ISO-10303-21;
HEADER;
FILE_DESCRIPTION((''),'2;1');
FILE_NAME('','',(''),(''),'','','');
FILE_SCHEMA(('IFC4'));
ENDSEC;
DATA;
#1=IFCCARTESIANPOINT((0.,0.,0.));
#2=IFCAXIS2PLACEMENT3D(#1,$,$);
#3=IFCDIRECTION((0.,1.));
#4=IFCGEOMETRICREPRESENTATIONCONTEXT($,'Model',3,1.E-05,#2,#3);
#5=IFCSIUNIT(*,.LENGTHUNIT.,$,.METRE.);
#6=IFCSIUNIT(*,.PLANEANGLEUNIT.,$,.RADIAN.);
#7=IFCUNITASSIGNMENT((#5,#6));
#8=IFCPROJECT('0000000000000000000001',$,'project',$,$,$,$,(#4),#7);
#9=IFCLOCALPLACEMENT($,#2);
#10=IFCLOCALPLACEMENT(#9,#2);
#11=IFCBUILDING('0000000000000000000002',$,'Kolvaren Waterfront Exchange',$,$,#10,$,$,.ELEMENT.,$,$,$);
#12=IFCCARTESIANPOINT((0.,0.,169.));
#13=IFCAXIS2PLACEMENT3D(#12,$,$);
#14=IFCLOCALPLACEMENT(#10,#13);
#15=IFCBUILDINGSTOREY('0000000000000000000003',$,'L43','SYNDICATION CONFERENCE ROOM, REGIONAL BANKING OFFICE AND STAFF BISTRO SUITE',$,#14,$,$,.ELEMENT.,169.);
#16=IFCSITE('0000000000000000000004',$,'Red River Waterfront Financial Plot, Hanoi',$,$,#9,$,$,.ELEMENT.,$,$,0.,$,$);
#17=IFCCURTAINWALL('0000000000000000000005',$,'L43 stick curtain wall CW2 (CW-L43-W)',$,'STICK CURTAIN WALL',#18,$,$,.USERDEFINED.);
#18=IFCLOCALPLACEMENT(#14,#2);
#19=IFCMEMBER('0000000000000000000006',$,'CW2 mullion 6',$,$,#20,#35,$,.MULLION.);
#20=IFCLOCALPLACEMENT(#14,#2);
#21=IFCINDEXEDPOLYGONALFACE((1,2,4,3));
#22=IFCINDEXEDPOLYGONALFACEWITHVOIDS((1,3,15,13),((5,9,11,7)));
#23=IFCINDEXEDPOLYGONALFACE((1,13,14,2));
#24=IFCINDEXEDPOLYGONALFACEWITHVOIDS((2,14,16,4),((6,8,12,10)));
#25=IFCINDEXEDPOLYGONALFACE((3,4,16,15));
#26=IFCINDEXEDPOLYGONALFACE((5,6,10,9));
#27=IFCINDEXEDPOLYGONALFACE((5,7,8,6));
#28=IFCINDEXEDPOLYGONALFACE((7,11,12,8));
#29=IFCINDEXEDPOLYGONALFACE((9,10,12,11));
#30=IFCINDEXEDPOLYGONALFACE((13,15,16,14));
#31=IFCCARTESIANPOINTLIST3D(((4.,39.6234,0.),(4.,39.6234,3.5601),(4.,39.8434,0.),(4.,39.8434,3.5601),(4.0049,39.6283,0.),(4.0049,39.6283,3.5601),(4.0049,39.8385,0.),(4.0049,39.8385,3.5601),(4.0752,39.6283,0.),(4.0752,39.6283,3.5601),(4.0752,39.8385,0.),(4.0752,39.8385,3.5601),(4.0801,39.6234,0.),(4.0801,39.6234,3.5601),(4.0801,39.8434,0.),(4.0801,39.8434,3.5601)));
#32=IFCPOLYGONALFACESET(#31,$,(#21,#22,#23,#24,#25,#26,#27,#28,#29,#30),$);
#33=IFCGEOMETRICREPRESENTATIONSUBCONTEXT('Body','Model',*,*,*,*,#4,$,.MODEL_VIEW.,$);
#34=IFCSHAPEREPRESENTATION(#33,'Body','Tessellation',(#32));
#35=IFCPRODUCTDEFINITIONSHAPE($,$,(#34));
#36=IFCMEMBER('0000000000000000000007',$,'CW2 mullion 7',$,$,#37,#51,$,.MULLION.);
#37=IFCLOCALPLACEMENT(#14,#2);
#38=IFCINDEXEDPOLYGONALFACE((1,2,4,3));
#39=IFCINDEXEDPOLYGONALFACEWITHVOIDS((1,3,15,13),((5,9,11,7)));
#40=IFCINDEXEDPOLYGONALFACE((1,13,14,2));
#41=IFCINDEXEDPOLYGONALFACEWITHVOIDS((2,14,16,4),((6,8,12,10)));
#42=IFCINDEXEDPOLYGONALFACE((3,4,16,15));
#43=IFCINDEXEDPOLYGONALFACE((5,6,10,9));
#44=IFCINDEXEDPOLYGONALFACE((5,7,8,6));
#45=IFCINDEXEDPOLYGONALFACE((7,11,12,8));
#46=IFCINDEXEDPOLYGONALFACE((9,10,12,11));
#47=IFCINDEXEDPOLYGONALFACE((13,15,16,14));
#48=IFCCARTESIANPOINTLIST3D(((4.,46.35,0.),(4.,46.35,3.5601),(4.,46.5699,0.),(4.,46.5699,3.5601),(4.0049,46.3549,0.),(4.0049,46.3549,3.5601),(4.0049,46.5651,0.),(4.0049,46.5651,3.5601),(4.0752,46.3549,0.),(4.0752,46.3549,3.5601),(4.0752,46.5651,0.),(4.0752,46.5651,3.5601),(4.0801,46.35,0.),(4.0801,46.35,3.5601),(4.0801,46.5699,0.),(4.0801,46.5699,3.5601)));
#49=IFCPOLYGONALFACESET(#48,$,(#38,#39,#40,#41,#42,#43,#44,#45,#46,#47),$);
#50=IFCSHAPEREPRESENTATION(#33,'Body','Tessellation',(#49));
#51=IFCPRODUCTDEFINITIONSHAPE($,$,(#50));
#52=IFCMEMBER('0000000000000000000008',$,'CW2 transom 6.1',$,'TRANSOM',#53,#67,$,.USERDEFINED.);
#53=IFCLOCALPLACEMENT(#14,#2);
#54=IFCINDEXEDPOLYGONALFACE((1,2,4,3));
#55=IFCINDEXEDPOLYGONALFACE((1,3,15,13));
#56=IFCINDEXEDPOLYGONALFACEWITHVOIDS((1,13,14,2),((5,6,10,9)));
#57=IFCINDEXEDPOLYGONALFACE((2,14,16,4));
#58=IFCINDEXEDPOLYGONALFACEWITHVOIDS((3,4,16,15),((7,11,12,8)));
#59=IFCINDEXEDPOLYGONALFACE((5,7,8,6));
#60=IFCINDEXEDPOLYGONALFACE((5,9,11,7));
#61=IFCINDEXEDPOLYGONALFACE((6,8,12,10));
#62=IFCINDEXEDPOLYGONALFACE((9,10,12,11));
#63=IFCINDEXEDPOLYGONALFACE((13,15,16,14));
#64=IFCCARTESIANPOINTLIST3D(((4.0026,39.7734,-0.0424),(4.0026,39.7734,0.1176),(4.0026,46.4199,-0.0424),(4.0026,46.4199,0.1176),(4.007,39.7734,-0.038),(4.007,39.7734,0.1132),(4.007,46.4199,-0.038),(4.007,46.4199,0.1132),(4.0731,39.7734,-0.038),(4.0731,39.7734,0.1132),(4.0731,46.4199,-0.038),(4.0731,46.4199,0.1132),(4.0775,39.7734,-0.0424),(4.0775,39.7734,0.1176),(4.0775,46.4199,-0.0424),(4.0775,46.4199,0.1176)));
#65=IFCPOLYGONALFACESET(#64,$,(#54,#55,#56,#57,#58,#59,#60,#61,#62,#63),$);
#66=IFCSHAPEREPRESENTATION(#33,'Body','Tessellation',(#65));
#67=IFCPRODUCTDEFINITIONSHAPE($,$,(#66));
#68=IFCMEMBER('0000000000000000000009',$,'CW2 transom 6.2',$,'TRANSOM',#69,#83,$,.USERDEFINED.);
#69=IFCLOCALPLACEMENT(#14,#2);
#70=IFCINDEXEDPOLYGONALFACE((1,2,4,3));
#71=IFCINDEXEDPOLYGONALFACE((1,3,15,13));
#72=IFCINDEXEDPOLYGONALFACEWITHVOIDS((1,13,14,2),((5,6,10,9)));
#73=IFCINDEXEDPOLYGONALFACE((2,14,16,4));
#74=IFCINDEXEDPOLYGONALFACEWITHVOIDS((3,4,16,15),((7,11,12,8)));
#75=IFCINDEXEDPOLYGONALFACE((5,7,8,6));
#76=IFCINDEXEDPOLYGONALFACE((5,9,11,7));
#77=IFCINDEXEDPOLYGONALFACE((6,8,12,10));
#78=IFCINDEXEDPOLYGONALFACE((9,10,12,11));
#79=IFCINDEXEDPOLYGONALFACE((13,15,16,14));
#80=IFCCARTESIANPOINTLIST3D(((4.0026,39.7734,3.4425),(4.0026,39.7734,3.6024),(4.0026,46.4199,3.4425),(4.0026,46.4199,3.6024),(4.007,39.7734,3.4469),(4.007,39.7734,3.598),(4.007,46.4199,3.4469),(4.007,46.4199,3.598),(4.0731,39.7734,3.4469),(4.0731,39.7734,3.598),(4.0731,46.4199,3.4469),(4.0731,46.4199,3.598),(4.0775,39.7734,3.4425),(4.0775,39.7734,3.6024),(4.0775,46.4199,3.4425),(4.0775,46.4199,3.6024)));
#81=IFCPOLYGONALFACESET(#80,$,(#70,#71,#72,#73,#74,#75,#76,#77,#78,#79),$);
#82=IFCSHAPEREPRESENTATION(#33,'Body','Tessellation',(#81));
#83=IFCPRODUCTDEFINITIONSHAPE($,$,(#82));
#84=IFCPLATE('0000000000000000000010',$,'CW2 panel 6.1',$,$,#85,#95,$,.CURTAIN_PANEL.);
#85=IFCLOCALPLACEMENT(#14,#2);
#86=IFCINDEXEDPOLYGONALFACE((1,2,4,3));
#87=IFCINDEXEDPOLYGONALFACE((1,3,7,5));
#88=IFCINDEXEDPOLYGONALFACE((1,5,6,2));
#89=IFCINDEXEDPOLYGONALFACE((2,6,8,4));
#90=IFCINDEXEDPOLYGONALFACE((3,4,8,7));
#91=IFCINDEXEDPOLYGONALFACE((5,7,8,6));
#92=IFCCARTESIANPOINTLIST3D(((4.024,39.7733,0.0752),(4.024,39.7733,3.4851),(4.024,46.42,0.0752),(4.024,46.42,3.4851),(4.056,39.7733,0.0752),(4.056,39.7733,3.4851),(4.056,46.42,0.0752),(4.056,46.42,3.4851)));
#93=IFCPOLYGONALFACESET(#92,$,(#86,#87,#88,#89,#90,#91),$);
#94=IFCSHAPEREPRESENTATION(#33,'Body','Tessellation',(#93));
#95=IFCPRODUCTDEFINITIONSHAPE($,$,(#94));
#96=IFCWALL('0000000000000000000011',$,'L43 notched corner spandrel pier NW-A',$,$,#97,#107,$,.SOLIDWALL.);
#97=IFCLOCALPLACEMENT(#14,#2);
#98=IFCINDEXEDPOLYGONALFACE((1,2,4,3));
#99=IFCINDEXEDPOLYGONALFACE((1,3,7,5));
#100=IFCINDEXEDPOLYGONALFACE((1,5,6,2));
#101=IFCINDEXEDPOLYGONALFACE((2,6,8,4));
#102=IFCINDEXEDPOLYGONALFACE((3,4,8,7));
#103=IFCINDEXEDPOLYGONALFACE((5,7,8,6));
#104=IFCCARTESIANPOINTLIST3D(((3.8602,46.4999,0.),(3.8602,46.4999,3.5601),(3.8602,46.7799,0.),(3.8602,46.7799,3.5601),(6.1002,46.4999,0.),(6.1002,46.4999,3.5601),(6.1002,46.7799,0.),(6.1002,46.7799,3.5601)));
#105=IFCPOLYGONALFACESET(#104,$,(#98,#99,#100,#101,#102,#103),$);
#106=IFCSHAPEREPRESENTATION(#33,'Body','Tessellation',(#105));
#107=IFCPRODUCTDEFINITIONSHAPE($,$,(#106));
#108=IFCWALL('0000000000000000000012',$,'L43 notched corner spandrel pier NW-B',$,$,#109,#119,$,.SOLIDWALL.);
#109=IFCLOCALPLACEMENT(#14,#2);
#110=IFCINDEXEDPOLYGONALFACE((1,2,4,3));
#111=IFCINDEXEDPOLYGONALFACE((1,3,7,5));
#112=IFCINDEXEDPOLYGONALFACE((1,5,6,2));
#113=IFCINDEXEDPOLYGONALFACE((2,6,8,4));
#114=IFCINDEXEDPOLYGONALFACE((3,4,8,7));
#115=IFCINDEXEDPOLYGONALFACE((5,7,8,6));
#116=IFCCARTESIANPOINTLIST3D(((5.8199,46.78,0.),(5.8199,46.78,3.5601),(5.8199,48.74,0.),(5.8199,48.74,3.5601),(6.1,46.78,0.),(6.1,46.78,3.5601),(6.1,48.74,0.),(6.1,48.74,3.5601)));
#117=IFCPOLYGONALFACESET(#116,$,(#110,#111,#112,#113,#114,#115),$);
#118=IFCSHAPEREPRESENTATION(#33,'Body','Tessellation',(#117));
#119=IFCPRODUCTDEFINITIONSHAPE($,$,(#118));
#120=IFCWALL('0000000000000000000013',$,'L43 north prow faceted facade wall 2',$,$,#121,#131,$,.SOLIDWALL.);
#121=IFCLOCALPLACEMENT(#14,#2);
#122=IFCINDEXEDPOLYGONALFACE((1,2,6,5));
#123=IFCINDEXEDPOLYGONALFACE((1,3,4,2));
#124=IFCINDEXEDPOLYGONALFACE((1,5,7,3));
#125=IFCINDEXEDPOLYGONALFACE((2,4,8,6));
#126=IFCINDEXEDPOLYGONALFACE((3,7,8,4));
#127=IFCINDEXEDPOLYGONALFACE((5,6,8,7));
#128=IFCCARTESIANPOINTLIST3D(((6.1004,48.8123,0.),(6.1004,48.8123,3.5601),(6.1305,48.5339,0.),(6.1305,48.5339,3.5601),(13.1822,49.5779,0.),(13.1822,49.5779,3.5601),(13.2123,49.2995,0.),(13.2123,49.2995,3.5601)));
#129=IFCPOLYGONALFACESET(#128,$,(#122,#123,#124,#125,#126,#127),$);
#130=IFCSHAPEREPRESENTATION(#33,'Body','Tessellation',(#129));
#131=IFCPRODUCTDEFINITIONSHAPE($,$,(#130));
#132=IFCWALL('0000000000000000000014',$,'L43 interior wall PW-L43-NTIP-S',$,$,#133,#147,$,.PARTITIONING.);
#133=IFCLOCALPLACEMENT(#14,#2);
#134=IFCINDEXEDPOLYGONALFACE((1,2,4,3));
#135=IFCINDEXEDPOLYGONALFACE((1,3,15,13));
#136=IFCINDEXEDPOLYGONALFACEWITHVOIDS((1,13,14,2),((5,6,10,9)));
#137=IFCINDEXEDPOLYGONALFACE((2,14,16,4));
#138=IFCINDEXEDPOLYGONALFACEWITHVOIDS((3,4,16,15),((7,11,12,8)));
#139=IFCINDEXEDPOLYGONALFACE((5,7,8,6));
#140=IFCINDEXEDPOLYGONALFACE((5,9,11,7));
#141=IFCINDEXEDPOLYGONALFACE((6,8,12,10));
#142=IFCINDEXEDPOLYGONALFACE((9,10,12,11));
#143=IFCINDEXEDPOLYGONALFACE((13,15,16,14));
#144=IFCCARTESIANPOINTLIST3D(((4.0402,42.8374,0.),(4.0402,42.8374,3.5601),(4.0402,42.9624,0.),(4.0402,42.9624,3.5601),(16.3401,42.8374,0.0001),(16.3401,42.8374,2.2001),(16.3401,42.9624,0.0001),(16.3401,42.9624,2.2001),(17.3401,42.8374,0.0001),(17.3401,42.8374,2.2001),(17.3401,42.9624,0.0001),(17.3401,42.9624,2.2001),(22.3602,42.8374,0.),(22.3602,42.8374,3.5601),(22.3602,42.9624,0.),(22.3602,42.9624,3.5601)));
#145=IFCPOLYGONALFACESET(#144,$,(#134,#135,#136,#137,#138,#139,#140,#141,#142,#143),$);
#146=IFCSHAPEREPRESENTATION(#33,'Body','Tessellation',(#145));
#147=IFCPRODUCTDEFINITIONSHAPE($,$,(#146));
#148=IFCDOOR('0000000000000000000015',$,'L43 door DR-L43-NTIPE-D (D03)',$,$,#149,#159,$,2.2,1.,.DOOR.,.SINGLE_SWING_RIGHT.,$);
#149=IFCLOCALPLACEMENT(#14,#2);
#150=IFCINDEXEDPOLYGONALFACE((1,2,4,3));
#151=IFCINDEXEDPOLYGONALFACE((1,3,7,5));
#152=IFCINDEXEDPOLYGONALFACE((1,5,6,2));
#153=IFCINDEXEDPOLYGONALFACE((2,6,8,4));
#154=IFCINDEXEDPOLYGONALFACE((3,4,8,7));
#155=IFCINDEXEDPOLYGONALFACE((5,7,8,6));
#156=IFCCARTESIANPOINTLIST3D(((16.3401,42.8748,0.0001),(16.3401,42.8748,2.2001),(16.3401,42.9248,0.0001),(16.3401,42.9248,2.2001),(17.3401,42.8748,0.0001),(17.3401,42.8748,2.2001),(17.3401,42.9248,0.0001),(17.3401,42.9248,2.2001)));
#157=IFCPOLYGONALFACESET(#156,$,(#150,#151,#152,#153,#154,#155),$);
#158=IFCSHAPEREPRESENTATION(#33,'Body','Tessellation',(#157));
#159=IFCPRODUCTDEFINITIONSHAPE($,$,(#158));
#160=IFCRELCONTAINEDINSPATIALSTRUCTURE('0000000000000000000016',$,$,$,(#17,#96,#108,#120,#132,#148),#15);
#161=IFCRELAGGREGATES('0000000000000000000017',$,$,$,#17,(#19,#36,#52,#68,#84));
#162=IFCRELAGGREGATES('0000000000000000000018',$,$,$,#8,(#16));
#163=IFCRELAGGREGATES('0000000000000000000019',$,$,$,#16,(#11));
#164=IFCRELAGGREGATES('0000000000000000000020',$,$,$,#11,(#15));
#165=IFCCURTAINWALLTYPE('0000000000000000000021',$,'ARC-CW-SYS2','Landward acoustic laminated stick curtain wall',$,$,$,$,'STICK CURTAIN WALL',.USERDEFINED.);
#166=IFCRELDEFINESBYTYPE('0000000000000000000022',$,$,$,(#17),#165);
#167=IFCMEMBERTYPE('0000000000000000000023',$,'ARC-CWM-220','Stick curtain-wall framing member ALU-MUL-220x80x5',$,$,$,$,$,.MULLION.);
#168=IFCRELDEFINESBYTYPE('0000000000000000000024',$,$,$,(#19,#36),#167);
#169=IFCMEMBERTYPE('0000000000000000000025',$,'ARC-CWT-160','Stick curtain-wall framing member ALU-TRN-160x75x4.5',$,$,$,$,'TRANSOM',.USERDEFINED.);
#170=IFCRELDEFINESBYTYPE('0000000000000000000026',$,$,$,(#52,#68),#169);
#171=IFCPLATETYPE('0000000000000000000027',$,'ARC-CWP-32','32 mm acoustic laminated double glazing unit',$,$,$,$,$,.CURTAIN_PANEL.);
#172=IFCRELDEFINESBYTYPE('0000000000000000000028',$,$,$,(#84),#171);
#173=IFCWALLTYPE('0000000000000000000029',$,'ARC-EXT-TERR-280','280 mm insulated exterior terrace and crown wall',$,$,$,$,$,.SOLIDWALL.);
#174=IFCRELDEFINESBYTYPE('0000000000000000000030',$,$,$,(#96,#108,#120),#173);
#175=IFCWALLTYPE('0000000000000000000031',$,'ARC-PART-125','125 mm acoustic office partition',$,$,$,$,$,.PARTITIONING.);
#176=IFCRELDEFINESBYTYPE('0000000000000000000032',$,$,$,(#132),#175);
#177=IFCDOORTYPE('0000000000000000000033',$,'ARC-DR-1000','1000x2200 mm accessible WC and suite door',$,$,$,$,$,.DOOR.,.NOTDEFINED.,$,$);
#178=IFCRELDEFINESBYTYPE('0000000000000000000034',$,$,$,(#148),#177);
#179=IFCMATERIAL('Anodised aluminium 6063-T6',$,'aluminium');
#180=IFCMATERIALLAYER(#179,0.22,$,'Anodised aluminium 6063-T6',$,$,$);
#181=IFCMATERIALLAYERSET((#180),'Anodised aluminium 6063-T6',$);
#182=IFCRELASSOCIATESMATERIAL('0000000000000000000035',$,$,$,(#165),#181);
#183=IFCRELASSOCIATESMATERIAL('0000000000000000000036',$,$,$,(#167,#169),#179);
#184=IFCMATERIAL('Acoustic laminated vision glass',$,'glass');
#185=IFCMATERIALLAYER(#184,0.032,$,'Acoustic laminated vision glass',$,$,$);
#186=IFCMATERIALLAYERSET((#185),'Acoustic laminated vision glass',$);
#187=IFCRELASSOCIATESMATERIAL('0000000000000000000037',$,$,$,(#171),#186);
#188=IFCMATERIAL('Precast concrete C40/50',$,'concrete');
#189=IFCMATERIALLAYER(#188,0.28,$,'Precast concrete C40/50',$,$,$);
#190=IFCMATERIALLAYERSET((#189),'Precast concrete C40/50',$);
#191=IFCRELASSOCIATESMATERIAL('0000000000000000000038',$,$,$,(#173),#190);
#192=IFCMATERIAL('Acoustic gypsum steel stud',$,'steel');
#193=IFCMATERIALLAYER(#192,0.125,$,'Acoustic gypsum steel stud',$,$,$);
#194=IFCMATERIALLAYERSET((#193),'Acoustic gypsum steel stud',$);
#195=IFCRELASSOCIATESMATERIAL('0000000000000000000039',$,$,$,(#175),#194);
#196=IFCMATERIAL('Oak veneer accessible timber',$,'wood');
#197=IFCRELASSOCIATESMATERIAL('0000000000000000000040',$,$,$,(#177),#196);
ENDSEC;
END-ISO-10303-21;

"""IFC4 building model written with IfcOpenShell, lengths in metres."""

from ifc_helpers import new_model, si_unit, direction, frame, frame_2d, origin, origin_with_axes, origin_2d, place, context, subcontext, project, spatial, rectangle, hollow_rectangle, extrude, source, transform, mapped, material, layer, layer_set, material_profile, profile_set, type_object, element, fill, aggregate, save


model = new_model("IFC4")

# Units and contexts
model_context = context("Model", 3, precision=1e-05, world=origin(), true_north=direction((0.0, 1.0)))
body_context = subcontext(model_context, "Body", "Model", "MODEL_VIEW")
ifc_project = project(units=[si_unit("LENGTHUNIT", "METRE"), si_unit("PLANEANGLEUNIT", "RADIAN")], contexts=[model_context])

# Site, building, storey
site_placement = place(None, origin())
site = spatial("IfcSite", under=ifc_project, at=site_placement, Name="Red River Waterfront Financial Plot, Hanoi", CompositionType="ELEMENT", RefElevation=0.0)
building_placement = place(site_placement, origin())
building = spatial("IfcBuilding", under=site, at=building_placement, Name="Kolvaren Waterfront Exchange", CompositionType="ELEMENT")
storey_placement = place(building_placement, frame((0.0, 0.0, 169.0)))
storey = spatial("IfcBuildingStorey", under=building, at=storey_placement, Name="L43", Description="SYNDICATION CONFERENCE ROOM, REGIONAL BANKING OFFICE AND STAFF BISTRO SUITE", CompositionType="ELEMENT", Elevation=169.0)

# Curtain wall, members, plate
ifc_material_1 = material(Name="Anodised aluminium 6063-T6", Category="aluminium")
ifc_layer_1 = layer(ifc_material_1, 0.22, Name="Anodised aluminium 6063-T6")
ifc_layer_set_1 = layer_set([ifc_layer_1], Name="Anodised aluminium 6063-T6")
curtain_wall_type = type_object("IfcCurtainWallType", Name="ARC-CW-SYS2", Description="Landward acoustic laminated stick curtain wall", ElementType="STICK CURTAIN WALL", PredefinedType="USERDEFINED", material=ifc_layer_set_1)
curtain_wall_placement = place(storey_placement, origin())
curtain_wall = element("IfcCurtainWall", 1, at=curtain_wall_placement, inside=storey, type_object=curtain_wall_type, Name="L43 stick curtain wall CW2 (CW-L43-W)", ObjectType="STICK CURTAIN WALL", PredefinedType="USERDEFINED")
ifc_material_profile_1 = material_profile(ifc_material_1, hollow_rectangle(XDim=0.0801, YDim=0.22, WallThickness=0.0049, at=origin_2d()), Name="ALU-MUL-220x80x5")
ifc_profile_set_1 = profile_set([ifc_material_profile_1], Name="Anodised aluminium 6063-T6")
member_type_1 = type_object("IfcMemberType", Name="ARC-CWM-220", Description="Stick curtain-wall framing member ALU-MUL-220x80x5", PredefinedType="MULLION", material=ifc_profile_set_1)
shared_shape_1 = source(origin_with_axes(), body_context, "Body", "SweptSolid", [
    extrude(hollow_rectangle(XDim=0.0801, YDim=0.22, WallThickness=0.0049, at=origin_2d()), origin(), (0.0, 0.0, 1.0), 3.5601),
])
member_1_placement = place(storey_placement, frame((4.04, 39.7334, 0.0), z_axis=(0.0, 0.0, 1.0), x_axis=(-1.0, 0.0, 0.0)))
member_1 = element("IfcMember", 2, at=member_1_placement, type_object=member_type_1, Name="CW2 mullion 6", PredefinedType="MULLION", context=body_context, shape_type="MappedRepresentation", body=[
    mapped(shared_shape_1, transform((0.0, 0.0, 0.0), x_axis=(1.0, 0.0, 0.0), y_axis=(0.0, 1.0, 0.0), z_axis=(0.0, 0.0, 1.0), scale=1.0)),
])
member_2_placement = place(storey_placement, frame((4.04, 46.46, 0.0), z_axis=(0.0, 0.0, 1.0), x_axis=(-1.0, 0.0, 0.0)))
member_2 = element("IfcMember", 3, at=member_2_placement, type_object=member_type_1, Name="CW2 mullion 7", PredefinedType="MULLION", context=body_context, shape_type="MappedRepresentation", body=[
    mapped(shared_shape_1, transform((0.0, 0.0, 0.0), x_axis=(1.0, 0.0, 0.0), y_axis=(0.0, 1.0, 0.0), z_axis=(0.0, 0.0, 1.0), scale=1.0)),
])
ifc_material_profile_2 = material_profile(ifc_material_1, hollow_rectangle(XDim=0.075, YDim=0.1599, WallThickness=0.0044, at=origin_2d()), Name="ALU-TRN-160x75x4.5")
ifc_profile_set_2 = profile_set([ifc_material_profile_2], Name="Anodised aluminium 6063-T6")
member_type_2 = type_object("IfcMemberType", Name="ARC-CWT-160", Description="Stick curtain-wall framing member ALU-TRN-160x75x4.5", ElementType="TRANSOM", PredefinedType="USERDEFINED", material=ifc_profile_set_2)
shared_shape_2 = source(origin_with_axes(), body_context, "Body", "SweptSolid", [
    extrude(hollow_rectangle(XDim=0.075, YDim=0.1599, WallThickness=0.0044, at=origin_2d()), origin(), (0.0, 0.0, 1.0), 6.6465),
])
member_3_placement = place(storey_placement, frame((4.04, 39.7734, 0.0376), z_axis=(0.0, 1.0, 0.0), x_axis=(-1.0, 0.0, 0.0)))
member_3 = element("IfcMember", 4, at=member_3_placement, type_object=member_type_2, Name="CW2 transom 6.1", ObjectType="TRANSOM", PredefinedType="USERDEFINED", context=body_context, shape_type="MappedRepresentation", body=[
    mapped(shared_shape_2, transform((0.0, 0.0, 0.0), x_axis=(1.0, 0.0, 0.0), y_axis=(0.0, 1.0, 0.0), z_axis=(0.0, 0.0, 1.0), scale=1.0)),
])
member_4_placement = place(storey_placement, frame((4.04, 39.7734, 3.5225), z_axis=(0.0, 1.0, 0.0), x_axis=(-1.0, 0.0, 0.0)))
member_4 = element("IfcMember", 5, at=member_4_placement, type_object=member_type_2, Name="CW2 transom 6.2", ObjectType="TRANSOM", PredefinedType="USERDEFINED", context=body_context, shape_type="MappedRepresentation", body=[
    mapped(shared_shape_2, transform((0.0, 0.0, 0.0), x_axis=(1.0, 0.0, 0.0), y_axis=(0.0, 1.0, 0.0), z_axis=(0.0, 0.0, 1.0), scale=1.0)),
])
ifc_material_2 = material(Name="Acoustic laminated vision glass", Category="glass")
ifc_layer_2 = layer(ifc_material_2, 0.032, Name="Acoustic laminated vision glass")
ifc_layer_set_2 = layer_set([ifc_layer_2], Name="Acoustic laminated vision glass")
plate_type = type_object("IfcPlateType", Name="ARC-CWP-32", Description="32 mm acoustic laminated double glazing unit", PredefinedType="CURTAIN_PANEL", material=ifc_layer_set_2)
shared_shape_3 = source(origin_with_axes(), body_context, "Body", "SweptSolid", [
    extrude(rectangle(XDim=6.6467, YDim=0.032, at=origin_2d()), origin(), (0.0, 0.0, 1.0), 3.4099),
])
plate_placement = place(storey_placement, frame((4.04, 43.0967, 0.0752), z_axis=(0.0, 0.0, 1.0), x_axis=(0.0, 1.0, 0.0)))
plate = element("IfcPlate", 6, at=plate_placement, type_object=plate_type, Name="CW2 panel 6.1", PredefinedType="CURTAIN_PANEL", context=body_context, shape_type="MappedRepresentation", body=[
    mapped(shared_shape_3, transform((0.0, 0.0, 0.0), x_axis=(1.0, 0.0, 0.0), y_axis=(0.0, 1.0, 0.0), z_axis=(0.0, 0.0, 1.0), scale=1.0)),
])
aggregate(curtain_wall, [member_1, member_2, member_3, member_4, plate])

# Walls
ifc_material_3 = material(Name="Precast concrete C40/50", Category="concrete")
ifc_layer_3 = layer(ifc_material_3, 0.28, Name="Precast concrete C40/50")
ifc_layer_set_3 = layer_set([ifc_layer_3], Name="Precast concrete C40/50")
wall_type_1 = type_object("IfcWallType", Name="ARC-EXT-TERR-280", Description="280 mm insulated exterior terrace and crown wall", PredefinedType="SOLIDWALL", material=ifc_layer_set_3)
wall_1_placement = place(storey_placement, frame((3.8601, 46.6399, 0.0), z_axis=(0.0, 0.0, 1.0), x_axis=(1.0, 0.0, 0.0)))
element("IfcWall", 7, at=wall_1_placement, inside=storey, type_object=wall_type_1, Name="L43 notched corner spandrel pier NW-A", PredefinedType="SOLIDWALL", context=body_context, shape_type="SweptSolid", body=[
    extrude(rectangle(XDim=2.24, YDim=0.28, at=frame_2d((1.1201, 0.0))), origin(), (0.0, 0.0, 1.0), 3.5601),
])
wall_2_placement = place(storey_placement, frame((5.96, 46.78, 0.0), z_axis=(0.0, 0.0, 1.0), x_axis=(0.0, 1.0, 0.0)))
element("IfcWall", 8, at=wall_2_placement, inside=storey, type_object=wall_type_1, Name="L43 notched corner spandrel pier NW-B", PredefinedType="SOLIDWALL", context=body_context, shape_type="SweptSolid", body=[
    extrude(rectangle(XDim=1.96, YDim=0.28, at=frame_2d((0.98, 0.0))), origin(), (0.0, 0.0, 1.0), 3.5601),
])
wall_3_placement = place(storey_placement, frame((13.1973, 49.4387, 0.0), z_axis=(0.0, 0.0, 1.0), x_axis=(-0.994207, -0.107486, 0.0)))
element("IfcWall", 9, at=wall_3_placement, inside=storey, type_object=wall_type_1, Name="L43 north prow faceted facade wall 2", PredefinedType="SOLIDWALL", context=body_context, shape_type="SweptSolid", body=[
    extrude(rectangle(XDim=7.123, YDim=0.28, at=frame_2d((3.5615, 0.0))), origin(), (0.0, 0.0, 1.0), 3.5601),
])

# Wall, opening, door
ifc_material_4 = material(Name="Acoustic gypsum steel stud", Category="steel")
ifc_layer_4 = layer(ifc_material_4, 0.125, Name="Acoustic gypsum steel stud")
ifc_layer_set_4 = layer_set([ifc_layer_4], Name="Acoustic gypsum steel stud")
wall_type_2 = type_object("IfcWallType", Name="ARC-PART-125", Description="125 mm acoustic office partition", PredefinedType="PARTITIONING", material=ifc_layer_set_4)
wall_4_placement = place(storey_placement, frame((4.04, 42.8999, 0.0), z_axis=(0.0, 0.0, 1.0), x_axis=(1.0, 0.0, 0.0)))
wall_4 = element("IfcWall", 10, at=wall_4_placement, inside=storey, type_object=wall_type_2, Name="L43 interior wall PW-L43-NTIP-S", PredefinedType="PARTITIONING", context=body_context, shape_type="SweptSolid", body=[
    extrude(rectangle(XDim=18.3201, YDim=0.125, at=frame_2d((9.1602, 0.0))), origin(), (0.0, 0.0, 1.0), 3.5601),
])
opening_1_placement = place(wall_4_placement, frame((12.3, 0.0, 0.0)))
opening_1 = element("IfcOpeningElement", 11, at=opening_1_placement, cuts=wall_4, PredefinedType="OPENING", context=body_context, shape_type="SweptSolid", body=[
    extrude(rectangle(XDim=1.0, YDim=2.2, at=frame_2d((0.5, 1.1001))), frame((0.0, 0.0725, 0.0), z_axis=(0.0, -1.0, 0.0), x_axis=(1.0, 0.0, 0.0)), (0.0, 0.0, 1.0), 0.145),
])
ifc_material_5 = material(Name="Oak veneer accessible timber", Category="wood")
door_type_1 = type_object("IfcDoorType", Name="ARC-DR-1000", Description="1000x2200 mm accessible WC and suite door", OperationType="NOTDEFINED", PredefinedType="DOOR", material=ifc_material_5)
door_1_placement = place(opening_1_placement, origin())
door_1 = element("IfcDoor", 12, at=door_1_placement, inside=storey, type_object=door_type_1, Name="L43 door DR-L43-NTIPE-D (D03)", OperationType="SINGLE_SWING_RIGHT", OverallHeight=2.2, OverallWidth=1.0, PredefinedType="DOOR", context=body_context, shape_type="SweptSolid", body=[
    extrude(rectangle(XDim=1.0, YDim=2.2, at=frame_2d((0.5, 1.1001))), frame((0.0, 0.0249, 0.0), z_axis=(0.0, -1.0, 0.0), x_axis=(1.0, 0.0, 0.0)), (0.0, 0.0, 1.0), 0.05),
])
fill(opening_1, door_1)

save(model, "model.ifc")
